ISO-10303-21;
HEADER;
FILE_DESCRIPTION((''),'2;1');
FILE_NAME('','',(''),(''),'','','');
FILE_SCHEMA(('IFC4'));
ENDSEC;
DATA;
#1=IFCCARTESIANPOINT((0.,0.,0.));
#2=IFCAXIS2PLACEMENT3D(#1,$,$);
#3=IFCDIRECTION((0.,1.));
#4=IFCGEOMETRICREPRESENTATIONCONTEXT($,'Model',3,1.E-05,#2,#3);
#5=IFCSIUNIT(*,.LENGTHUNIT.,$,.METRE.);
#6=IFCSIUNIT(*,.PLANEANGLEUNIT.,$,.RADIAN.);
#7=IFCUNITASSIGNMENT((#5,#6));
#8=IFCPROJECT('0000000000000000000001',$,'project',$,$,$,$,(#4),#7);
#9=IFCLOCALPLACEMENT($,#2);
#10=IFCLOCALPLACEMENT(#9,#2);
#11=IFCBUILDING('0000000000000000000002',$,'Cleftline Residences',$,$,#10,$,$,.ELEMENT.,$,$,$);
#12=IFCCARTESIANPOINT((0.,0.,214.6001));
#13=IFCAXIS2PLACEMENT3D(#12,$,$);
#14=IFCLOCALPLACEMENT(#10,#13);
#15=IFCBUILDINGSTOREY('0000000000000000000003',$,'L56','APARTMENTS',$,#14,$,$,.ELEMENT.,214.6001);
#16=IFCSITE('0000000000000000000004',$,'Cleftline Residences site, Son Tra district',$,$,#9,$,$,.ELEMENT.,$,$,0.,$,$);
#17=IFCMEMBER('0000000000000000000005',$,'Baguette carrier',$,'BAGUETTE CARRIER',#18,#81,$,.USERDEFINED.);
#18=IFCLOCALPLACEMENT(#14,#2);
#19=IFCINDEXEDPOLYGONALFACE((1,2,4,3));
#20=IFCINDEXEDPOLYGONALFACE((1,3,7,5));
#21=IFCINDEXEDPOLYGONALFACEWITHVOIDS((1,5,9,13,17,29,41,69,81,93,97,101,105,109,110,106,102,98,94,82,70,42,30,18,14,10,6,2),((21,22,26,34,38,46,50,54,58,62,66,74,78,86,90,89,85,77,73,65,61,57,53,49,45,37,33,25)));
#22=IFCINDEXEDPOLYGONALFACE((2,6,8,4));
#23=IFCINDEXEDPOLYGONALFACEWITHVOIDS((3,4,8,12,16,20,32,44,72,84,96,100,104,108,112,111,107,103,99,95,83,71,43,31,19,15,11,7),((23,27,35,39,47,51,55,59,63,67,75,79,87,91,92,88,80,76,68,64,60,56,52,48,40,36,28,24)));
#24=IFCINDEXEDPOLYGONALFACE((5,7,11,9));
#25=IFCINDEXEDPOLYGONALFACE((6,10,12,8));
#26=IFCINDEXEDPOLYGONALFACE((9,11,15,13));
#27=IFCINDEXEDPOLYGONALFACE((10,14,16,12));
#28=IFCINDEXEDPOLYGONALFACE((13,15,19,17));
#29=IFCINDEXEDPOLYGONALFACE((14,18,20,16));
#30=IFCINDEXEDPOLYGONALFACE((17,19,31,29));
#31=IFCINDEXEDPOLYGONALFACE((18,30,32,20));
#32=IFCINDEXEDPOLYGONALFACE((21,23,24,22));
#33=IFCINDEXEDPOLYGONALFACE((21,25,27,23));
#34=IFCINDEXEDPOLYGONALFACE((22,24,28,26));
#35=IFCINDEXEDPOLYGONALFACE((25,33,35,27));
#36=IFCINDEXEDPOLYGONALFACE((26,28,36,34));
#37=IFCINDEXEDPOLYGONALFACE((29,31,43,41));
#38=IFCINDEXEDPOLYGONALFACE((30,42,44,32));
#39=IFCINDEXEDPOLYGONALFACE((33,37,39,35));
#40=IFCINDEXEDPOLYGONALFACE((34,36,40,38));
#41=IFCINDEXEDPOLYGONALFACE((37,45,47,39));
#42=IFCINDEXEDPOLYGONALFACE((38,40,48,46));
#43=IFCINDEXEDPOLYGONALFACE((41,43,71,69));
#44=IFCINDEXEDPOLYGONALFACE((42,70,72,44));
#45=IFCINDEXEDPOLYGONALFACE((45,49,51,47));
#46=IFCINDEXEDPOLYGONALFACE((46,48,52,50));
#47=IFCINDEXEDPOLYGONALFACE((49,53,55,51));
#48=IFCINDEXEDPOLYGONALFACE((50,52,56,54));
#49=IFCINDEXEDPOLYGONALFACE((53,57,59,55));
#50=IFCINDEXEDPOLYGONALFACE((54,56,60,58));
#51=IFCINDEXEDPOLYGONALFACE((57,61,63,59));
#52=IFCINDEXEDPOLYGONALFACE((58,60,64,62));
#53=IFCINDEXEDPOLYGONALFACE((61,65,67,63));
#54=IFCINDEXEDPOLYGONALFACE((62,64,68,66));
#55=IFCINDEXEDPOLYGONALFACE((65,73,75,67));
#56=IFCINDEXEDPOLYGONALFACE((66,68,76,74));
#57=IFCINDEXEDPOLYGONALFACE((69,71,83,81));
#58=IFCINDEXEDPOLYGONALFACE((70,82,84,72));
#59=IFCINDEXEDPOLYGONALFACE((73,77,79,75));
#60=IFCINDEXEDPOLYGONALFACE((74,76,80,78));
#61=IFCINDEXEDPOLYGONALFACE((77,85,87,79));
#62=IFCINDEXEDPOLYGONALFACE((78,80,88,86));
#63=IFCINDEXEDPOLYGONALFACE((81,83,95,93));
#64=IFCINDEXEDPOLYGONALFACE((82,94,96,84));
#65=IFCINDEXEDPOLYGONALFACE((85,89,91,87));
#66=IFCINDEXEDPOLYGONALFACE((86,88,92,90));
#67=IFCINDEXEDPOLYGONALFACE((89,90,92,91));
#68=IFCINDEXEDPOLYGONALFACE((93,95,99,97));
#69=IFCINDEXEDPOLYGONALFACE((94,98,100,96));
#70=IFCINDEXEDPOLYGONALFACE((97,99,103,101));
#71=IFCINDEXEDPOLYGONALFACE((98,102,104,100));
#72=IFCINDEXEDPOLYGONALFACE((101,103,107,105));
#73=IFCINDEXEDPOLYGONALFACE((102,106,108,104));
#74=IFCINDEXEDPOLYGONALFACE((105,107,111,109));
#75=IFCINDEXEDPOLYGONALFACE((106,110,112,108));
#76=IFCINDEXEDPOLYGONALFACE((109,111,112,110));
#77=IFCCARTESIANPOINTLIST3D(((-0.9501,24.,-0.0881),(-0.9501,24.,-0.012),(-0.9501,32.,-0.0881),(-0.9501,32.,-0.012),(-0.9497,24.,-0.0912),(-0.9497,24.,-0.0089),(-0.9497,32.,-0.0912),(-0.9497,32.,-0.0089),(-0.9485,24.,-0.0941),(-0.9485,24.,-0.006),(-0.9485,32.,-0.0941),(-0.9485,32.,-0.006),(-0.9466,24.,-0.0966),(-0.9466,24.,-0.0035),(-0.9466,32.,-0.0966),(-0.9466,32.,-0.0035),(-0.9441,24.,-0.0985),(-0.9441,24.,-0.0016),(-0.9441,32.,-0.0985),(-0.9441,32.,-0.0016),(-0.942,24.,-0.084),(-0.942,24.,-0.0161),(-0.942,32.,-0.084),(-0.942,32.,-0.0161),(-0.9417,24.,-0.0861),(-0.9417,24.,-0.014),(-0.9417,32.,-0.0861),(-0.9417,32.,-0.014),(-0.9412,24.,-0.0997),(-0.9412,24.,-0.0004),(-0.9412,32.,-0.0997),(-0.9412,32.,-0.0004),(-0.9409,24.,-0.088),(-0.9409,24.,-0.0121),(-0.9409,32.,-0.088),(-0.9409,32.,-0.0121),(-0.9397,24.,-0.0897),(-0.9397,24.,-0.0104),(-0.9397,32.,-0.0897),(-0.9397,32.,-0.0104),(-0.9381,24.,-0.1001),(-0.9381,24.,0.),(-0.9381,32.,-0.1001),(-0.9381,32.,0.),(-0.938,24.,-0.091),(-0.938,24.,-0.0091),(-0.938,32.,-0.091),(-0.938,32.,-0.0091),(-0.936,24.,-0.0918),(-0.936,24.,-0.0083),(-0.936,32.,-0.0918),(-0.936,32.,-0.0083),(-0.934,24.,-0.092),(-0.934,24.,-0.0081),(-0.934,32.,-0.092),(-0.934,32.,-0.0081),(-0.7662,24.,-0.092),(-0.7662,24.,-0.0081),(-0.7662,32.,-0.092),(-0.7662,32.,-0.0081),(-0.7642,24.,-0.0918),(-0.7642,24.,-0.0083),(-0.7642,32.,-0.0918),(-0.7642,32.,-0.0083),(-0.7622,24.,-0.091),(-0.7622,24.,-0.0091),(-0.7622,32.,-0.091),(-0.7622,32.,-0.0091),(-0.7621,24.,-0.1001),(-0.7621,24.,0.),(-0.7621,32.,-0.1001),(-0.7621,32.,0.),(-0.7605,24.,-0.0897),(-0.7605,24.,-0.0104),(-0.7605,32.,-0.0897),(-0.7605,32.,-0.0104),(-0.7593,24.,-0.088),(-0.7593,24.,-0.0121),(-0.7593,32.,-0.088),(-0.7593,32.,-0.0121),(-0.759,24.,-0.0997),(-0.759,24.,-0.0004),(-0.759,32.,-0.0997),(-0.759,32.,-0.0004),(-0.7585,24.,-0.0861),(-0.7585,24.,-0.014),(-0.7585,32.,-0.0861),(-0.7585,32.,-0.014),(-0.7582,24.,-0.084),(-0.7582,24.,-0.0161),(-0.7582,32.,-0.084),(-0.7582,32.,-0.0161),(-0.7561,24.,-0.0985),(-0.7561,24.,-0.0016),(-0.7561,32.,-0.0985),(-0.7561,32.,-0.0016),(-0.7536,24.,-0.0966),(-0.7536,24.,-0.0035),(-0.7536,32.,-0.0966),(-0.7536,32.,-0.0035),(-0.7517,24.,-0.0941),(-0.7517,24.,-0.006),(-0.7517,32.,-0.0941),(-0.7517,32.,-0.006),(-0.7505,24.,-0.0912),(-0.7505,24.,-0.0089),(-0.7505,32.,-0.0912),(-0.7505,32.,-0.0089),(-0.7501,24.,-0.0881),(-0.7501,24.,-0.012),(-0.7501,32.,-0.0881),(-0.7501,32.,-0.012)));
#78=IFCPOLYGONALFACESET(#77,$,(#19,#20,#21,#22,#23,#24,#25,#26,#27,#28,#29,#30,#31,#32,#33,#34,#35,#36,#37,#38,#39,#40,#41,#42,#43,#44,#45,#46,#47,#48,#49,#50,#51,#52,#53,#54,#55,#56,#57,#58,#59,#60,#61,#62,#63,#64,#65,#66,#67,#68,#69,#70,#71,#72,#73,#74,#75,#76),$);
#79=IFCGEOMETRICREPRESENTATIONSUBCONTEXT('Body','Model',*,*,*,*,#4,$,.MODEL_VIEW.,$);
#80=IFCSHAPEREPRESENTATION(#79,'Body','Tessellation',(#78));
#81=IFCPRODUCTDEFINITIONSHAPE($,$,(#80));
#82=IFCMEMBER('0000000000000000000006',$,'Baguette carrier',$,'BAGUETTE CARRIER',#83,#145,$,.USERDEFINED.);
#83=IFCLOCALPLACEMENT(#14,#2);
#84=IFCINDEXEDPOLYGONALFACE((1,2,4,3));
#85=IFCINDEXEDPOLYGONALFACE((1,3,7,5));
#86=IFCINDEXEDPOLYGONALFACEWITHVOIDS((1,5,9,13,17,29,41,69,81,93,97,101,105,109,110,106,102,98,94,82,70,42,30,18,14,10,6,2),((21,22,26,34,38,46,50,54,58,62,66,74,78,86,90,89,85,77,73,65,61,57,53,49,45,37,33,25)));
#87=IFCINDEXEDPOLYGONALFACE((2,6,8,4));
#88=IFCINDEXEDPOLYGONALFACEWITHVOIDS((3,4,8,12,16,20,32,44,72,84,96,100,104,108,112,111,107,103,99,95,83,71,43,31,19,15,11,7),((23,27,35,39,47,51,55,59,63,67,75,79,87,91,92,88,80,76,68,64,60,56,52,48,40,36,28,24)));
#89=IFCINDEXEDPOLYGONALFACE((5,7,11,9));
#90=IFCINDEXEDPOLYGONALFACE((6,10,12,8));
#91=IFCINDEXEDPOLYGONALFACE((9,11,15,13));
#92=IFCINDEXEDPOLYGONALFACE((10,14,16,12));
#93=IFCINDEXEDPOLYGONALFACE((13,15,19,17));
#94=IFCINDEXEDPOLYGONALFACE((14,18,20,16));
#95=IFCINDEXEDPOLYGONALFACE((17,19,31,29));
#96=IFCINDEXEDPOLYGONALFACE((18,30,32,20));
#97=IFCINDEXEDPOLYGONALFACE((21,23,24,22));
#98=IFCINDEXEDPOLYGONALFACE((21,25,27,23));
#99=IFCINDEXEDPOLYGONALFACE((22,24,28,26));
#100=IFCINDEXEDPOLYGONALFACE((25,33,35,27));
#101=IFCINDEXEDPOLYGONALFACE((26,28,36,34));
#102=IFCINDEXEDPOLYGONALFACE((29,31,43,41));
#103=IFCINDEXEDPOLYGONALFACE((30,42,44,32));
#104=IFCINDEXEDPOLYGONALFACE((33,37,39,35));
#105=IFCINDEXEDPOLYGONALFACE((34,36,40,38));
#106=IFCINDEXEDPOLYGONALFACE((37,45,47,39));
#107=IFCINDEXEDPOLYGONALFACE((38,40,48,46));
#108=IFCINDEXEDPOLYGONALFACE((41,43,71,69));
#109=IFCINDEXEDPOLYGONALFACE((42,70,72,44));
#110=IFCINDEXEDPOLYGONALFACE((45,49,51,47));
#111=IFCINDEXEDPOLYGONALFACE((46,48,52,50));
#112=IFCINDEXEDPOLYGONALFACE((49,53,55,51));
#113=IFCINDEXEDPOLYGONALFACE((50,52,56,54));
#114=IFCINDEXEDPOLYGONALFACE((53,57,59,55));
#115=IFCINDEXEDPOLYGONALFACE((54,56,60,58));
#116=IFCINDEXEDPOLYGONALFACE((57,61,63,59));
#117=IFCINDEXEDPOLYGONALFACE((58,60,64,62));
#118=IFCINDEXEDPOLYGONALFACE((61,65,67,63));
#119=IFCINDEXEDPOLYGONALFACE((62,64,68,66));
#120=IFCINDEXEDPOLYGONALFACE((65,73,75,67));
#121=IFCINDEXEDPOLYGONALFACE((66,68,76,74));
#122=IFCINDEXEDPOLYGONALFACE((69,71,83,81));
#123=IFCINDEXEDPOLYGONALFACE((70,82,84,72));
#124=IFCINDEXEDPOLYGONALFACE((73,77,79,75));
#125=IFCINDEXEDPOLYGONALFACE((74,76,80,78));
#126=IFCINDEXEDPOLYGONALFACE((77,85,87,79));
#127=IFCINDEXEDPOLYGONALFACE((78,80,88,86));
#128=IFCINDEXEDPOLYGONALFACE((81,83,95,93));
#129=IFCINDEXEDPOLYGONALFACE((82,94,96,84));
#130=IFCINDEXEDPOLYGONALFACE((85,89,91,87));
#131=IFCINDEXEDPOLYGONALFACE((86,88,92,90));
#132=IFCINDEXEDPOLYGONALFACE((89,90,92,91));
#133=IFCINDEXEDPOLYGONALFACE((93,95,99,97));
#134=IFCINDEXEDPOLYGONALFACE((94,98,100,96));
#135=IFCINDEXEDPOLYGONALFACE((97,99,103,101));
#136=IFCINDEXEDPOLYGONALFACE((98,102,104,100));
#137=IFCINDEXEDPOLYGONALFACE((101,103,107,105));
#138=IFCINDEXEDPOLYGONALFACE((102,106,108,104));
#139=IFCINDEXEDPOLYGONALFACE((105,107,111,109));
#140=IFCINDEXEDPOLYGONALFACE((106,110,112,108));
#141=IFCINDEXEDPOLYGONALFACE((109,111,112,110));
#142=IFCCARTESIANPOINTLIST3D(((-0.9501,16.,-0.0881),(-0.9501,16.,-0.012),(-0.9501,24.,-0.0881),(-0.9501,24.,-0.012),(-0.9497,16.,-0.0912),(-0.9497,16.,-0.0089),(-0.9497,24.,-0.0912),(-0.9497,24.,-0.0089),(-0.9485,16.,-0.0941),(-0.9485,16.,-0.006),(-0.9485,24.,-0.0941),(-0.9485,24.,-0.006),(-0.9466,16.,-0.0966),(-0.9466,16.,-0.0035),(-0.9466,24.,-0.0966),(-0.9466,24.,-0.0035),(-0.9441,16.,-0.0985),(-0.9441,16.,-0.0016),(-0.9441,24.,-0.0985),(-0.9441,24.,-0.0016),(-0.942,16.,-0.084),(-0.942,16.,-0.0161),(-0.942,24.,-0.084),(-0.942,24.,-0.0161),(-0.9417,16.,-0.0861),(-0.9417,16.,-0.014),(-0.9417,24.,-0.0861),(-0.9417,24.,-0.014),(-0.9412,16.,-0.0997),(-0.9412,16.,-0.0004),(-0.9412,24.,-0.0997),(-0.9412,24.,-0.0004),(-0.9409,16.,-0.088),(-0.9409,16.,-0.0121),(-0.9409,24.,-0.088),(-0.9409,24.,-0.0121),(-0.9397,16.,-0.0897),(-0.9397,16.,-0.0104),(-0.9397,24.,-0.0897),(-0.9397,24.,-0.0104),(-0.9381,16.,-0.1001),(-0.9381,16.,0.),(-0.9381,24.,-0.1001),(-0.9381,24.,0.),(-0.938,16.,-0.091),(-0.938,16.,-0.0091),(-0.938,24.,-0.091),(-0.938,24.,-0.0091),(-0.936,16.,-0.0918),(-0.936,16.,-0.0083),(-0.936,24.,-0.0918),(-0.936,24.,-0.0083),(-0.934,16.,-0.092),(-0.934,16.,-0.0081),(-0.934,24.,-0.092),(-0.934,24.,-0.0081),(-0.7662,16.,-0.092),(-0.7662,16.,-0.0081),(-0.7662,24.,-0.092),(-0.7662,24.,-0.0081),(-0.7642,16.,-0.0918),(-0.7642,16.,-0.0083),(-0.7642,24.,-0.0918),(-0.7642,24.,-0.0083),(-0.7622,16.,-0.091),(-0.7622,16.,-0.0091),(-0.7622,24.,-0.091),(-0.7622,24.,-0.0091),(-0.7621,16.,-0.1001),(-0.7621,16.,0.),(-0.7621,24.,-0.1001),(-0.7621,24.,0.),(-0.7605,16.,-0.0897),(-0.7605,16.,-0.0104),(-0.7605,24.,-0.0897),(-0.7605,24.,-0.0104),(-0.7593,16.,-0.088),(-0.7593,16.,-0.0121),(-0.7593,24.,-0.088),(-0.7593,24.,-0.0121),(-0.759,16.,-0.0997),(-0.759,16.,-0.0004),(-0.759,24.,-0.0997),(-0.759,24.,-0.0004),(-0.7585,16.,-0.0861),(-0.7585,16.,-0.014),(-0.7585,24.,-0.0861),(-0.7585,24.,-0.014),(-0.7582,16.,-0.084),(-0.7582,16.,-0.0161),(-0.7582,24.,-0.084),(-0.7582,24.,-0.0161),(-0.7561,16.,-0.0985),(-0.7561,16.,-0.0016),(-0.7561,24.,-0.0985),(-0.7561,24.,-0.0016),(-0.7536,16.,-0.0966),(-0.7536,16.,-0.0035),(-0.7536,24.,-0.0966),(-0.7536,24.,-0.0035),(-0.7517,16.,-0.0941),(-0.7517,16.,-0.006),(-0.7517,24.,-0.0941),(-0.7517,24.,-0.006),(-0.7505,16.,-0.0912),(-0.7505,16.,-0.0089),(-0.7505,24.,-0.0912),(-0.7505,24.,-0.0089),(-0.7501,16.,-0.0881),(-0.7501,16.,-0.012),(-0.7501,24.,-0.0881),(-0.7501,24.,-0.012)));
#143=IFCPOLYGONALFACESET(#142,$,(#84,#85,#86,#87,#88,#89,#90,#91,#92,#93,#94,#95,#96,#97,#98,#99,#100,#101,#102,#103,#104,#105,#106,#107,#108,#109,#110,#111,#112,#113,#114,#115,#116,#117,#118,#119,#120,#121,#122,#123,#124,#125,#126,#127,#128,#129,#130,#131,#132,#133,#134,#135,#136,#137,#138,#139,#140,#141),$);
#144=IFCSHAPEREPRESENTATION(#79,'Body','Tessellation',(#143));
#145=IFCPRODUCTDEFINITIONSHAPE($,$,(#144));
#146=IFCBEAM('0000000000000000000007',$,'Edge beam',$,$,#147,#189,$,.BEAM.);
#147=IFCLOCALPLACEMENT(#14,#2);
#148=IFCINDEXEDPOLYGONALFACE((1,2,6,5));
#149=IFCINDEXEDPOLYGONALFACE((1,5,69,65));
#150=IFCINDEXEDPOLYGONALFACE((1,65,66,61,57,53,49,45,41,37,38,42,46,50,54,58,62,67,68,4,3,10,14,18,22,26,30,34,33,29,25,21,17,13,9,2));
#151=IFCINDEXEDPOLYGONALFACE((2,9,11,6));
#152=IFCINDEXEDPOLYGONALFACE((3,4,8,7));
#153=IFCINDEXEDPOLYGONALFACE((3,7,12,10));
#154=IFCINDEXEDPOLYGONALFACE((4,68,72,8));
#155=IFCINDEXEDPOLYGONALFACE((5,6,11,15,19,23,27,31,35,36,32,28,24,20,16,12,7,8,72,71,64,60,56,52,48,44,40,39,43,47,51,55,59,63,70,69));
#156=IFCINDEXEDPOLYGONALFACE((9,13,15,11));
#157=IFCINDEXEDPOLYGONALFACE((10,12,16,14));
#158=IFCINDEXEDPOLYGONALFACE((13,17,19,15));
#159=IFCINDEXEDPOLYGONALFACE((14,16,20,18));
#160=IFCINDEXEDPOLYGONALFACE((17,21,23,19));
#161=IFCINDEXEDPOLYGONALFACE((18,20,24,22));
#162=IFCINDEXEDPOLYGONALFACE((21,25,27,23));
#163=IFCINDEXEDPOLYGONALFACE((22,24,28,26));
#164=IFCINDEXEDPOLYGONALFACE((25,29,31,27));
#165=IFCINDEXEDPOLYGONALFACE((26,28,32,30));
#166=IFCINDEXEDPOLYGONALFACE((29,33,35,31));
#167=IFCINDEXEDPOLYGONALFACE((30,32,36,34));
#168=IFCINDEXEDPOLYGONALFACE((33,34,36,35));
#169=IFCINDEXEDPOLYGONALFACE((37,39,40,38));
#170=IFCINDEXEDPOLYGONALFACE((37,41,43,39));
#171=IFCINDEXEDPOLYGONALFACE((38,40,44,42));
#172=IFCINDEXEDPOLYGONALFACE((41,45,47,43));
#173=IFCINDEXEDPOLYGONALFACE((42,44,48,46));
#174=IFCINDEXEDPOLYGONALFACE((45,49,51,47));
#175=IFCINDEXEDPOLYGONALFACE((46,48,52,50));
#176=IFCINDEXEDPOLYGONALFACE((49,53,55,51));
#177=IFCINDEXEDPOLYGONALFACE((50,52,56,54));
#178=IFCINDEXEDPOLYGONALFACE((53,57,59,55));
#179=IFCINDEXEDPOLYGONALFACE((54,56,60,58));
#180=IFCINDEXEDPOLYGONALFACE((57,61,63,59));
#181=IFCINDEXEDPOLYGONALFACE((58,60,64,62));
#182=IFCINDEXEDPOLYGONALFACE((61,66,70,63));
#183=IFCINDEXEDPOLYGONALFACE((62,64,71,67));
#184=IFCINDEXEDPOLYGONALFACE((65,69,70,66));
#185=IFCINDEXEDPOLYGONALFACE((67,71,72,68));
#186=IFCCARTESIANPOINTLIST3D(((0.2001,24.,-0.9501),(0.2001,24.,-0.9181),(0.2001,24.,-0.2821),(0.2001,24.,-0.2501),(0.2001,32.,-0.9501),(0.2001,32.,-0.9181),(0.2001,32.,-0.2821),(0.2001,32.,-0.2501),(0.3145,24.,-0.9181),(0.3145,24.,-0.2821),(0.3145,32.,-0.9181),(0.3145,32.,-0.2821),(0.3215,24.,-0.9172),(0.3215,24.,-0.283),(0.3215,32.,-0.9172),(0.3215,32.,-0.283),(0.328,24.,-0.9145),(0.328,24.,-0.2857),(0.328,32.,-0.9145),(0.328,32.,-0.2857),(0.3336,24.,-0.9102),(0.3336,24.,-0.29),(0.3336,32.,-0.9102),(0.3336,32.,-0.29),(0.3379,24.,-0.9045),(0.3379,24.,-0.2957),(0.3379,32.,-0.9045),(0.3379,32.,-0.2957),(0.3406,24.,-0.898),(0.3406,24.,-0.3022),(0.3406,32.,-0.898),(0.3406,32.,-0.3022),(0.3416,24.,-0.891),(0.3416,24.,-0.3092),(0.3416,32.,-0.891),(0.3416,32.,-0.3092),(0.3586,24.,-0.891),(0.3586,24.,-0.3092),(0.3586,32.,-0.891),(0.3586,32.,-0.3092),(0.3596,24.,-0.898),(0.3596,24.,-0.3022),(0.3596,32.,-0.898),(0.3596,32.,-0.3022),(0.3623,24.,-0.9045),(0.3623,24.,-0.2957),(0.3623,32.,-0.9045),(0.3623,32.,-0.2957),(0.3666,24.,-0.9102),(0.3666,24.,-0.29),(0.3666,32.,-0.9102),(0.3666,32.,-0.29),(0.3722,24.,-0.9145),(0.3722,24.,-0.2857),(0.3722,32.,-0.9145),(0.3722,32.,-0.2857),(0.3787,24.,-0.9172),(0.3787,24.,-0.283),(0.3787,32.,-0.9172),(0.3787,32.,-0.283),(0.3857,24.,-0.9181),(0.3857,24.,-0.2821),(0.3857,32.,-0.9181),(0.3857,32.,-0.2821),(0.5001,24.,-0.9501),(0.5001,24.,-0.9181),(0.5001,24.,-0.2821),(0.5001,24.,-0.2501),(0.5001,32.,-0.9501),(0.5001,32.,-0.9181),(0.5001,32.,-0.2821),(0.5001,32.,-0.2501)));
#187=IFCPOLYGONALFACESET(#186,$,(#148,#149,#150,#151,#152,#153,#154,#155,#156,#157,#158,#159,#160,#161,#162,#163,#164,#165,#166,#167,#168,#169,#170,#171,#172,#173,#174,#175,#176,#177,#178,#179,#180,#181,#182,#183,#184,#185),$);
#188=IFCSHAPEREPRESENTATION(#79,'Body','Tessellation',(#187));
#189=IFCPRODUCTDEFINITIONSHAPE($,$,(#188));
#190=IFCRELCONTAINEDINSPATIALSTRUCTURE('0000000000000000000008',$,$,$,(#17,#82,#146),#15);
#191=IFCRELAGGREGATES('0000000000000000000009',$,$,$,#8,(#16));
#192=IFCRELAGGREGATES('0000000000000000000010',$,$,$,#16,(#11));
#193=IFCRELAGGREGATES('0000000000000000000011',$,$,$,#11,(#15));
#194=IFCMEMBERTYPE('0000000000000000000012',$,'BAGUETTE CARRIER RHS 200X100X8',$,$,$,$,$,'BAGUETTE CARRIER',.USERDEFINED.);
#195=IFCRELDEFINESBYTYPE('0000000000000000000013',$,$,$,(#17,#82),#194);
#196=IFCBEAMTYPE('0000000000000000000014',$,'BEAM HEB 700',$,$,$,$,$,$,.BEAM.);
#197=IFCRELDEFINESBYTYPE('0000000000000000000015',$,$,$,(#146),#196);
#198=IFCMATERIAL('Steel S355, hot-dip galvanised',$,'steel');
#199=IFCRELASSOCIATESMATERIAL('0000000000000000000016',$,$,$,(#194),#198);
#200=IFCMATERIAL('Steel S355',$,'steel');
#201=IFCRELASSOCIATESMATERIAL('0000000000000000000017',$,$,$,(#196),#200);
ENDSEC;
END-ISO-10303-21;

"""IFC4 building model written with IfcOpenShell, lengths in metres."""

from ifc_helpers import new_model, si_unit, direction, frame, origin, origin_2d, place, context, subcontext, project, spatial, hollow_rectangle, i_section, extrude, material, material_profile, profile_set, type_object, element, save


model = new_model("IFC4")

# Units and contexts
model_context = context("Model", 3, precision=1e-05, world=origin(), true_north=direction((0.0, 1.0)))
body_context = subcontext(model_context, "Body", "Model", "MODEL_VIEW")
ifc_project = project(units=[si_unit("LENGTHUNIT", "METRE"), si_unit("PLANEANGLEUNIT", "RADIAN")], contexts=[model_context])

# Site, building, storey
site_placement = place(None, origin())
site = spatial("IfcSite", under=ifc_project, at=site_placement, Name="Cleftline Residences site, Son Tra district", CompositionType="ELEMENT", RefElevation=0.0)
building_placement = place(site_placement, origin())
building = spatial("IfcBuilding", under=site, at=building_placement, Name="Cleftline Residences", CompositionType="ELEMENT")
storey_placement = place(building_placement, frame((0.0, 0.0, 214.6001)))
storey = spatial("IfcBuildingStorey", under=building, at=storey_placement, Name="L56", Description="APARTMENTS", CompositionType="ELEMENT", Elevation=214.6001)

# Members
ifc_material_1 = material(Name="Steel S355, hot-dip galvanised", Category="steel")
ifc_material_profile_1 = material_profile(ifc_material_1, hollow_rectangle(XDim=0.1001, YDim=0.2, WallThickness=0.0081, InnerFilletRadius=0.0081, OuterFilletRadius=0.012, at=origin_2d()))
ifc_profile_set_1 = profile_set([ifc_material_profile_1], Name="Steel S355, hot-dip galvanised")
member_type_1 = type_object("IfcMemberType", Name="BAGUETTE CARRIER RHS 200X100X8", ElementType="BAGUETTE CARRIER", PredefinedType="USERDEFINED", material=ifc_profile_set_1)
for number, where, z_axis, x_axis, name in (
    (1, (-0.8501, 32.0, -0.05), (0.0, -1.0, 0.0), (0.0, 0.0, 1.0), "Baguette carrier"),
    (2, (-0.8501, 24.0, -0.05), (0.0, -1.0, 0.0), (0.0, 0.0, 1.0), "Baguette carrier"),
):
    element("IfcMember", number, at=place(storey_placement, frame(where, z_axis=z_axis, x_axis=x_axis)), inside=storey, type_object=member_type_1, Name=name, ObjectType="BAGUETTE CARRIER", PredefinedType="USERDEFINED", context=body_context, shape_type="SweptSolid", body=[
        extrude(hollow_rectangle(XDim=0.1001, YDim=0.2, WallThickness=0.0081, InnerFilletRadius=0.0081, OuterFilletRadius=0.012, at=origin_2d()), origin(), (0.0, 0.0, 1.0), 8.0),
    ])

# Beam
ifc_material_2 = material(Name="Steel S355", Category="steel")
ifc_material_profile_2 = material_profile(ifc_material_2, i_section(OverallWidth=0.3, OverallDepth=0.7, WebThickness=0.0171, FlangeThickness=0.032, FilletRadius=0.0271, at=origin_2d()))
ifc_profile_set_2 = profile_set([ifc_material_profile_2], Name="Steel S355")
beam_type = type_object("IfcBeamType", Name="BEAM HEB 700", PredefinedType="BEAM", material=ifc_profile_set_2)
for number, where, z_axis, x_axis, name in (
    (3, (0.3501, 24.0, -0.6001), (0.0, 1.0, 0.0), (-1.0, 0.0, 0.0), "Edge beam"),
):
    element("IfcBeam", number, at=place(storey_placement, frame(where, z_axis=z_axis, x_axis=x_axis)), inside=storey, type_object=beam_type, Name=name, PredefinedType="BEAM", context=body_context, shape_type="SweptSolid", body=[
        extrude(i_section(OverallWidth=0.3, OverallDepth=0.7, WebThickness=0.0171, FlangeThickness=0.032, FilletRadius=0.0271, at=origin_2d()), origin(), (0.0, 0.0, 1.0), 8.0),
    ])

save(model, "model.ifc")
